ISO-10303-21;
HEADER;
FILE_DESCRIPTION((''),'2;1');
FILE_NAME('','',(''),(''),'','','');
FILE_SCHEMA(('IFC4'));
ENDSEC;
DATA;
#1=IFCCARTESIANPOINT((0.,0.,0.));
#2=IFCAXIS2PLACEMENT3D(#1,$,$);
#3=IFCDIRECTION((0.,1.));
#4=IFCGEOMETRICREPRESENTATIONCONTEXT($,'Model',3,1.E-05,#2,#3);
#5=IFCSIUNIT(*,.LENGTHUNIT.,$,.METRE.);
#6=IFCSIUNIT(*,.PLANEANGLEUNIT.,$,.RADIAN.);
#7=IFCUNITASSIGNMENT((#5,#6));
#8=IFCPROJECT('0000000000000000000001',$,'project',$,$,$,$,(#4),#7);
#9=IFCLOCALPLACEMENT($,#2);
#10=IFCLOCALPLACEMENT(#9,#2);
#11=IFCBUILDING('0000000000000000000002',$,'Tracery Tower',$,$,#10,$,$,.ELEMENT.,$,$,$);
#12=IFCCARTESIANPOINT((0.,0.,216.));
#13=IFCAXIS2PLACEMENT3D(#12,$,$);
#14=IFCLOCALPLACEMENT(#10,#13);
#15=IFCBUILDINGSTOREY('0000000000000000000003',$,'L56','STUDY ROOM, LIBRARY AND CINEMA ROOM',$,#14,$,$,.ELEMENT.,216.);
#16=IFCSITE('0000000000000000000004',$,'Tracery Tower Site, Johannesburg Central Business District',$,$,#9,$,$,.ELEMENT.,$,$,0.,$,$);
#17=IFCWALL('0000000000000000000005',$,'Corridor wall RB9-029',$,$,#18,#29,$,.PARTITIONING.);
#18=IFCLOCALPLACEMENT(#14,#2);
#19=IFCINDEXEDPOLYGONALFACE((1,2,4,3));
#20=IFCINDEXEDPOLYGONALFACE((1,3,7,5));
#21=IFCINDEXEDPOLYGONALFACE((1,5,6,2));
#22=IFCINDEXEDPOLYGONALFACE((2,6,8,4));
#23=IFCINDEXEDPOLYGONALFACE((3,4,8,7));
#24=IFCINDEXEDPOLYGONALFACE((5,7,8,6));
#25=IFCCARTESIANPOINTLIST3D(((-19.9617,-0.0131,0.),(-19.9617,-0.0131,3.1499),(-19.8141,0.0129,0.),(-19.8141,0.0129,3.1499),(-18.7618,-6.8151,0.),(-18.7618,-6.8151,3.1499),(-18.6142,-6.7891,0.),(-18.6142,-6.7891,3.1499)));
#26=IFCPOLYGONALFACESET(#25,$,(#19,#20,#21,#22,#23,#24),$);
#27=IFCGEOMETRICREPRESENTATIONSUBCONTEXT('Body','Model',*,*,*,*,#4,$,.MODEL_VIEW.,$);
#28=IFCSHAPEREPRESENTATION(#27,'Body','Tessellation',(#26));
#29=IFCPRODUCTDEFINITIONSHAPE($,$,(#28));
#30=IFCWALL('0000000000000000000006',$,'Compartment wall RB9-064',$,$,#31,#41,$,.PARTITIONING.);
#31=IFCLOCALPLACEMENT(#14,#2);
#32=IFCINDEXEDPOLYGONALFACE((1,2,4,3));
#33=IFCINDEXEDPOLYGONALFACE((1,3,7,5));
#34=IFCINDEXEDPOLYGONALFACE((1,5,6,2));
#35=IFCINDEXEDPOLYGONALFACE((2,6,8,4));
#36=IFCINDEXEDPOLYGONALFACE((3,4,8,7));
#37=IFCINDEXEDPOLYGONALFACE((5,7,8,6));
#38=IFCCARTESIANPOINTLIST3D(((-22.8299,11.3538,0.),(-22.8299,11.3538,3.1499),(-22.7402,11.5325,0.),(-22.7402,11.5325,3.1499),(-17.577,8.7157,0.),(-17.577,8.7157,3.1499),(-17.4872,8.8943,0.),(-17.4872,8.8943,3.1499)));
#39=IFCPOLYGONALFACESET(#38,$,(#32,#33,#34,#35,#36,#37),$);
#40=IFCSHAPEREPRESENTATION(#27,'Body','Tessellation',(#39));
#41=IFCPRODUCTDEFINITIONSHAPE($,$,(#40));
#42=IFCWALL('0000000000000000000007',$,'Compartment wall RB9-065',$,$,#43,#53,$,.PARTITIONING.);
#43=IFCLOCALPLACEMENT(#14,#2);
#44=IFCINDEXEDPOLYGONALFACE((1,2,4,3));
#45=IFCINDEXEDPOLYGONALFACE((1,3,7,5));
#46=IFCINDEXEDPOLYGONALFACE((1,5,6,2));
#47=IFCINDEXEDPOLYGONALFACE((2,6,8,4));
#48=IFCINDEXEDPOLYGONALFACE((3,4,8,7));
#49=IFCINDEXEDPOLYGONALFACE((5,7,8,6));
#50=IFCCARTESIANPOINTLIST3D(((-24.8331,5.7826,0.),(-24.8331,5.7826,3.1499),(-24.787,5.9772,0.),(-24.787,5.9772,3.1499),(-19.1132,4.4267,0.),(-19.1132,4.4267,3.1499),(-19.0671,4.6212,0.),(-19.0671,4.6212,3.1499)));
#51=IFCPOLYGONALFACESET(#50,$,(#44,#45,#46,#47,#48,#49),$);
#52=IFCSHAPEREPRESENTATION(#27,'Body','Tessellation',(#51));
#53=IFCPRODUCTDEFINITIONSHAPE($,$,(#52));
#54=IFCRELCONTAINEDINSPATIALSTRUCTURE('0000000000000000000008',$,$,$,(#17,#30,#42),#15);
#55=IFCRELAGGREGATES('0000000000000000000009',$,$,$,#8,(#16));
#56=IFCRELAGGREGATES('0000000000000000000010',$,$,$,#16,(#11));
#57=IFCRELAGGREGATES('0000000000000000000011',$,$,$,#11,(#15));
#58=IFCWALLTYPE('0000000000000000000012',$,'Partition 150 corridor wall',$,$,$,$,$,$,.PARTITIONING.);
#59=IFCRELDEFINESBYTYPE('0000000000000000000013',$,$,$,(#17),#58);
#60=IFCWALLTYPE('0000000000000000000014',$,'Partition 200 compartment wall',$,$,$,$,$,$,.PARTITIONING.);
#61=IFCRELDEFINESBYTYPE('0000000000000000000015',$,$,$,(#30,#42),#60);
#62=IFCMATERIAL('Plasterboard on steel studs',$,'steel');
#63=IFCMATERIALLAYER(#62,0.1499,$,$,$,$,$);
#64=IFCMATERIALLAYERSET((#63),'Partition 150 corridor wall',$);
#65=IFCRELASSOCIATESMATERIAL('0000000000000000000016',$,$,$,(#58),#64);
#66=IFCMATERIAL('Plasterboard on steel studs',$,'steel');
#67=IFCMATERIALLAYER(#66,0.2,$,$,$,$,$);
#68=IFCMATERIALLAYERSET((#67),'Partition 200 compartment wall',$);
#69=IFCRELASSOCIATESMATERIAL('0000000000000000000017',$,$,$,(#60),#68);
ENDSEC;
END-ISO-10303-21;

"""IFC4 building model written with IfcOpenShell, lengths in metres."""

from ifc_helpers import new_model, si_unit, direction, frame, frame_2d, origin, place, context, subcontext, project, spatial, rectangle, extrude, material, layer, layer_set, type_object, element, save


model = new_model("IFC4")

# Units and contexts
model_context = context("Model", 3, precision=1e-05, world=origin(), true_north=direction((0.0, 1.0)))
body_context = subcontext(model_context, "Body", "Model", "MODEL_VIEW")
ifc_project = project(units=[si_unit("LENGTHUNIT", "METRE"), si_unit("PLANEANGLEUNIT", "RADIAN")], contexts=[model_context])

# Site, building, storey
site_placement = place(None, origin())
site = spatial("IfcSite", under=ifc_project, at=site_placement, Name="Tracery Tower Site, Johannesburg Central Business District", CompositionType="ELEMENT", RefElevation=0.0)
building_placement = place(site_placement, origin())
building = spatial("IfcBuilding", under=site, at=building_placement, Name="Tracery Tower", CompositionType="ELEMENT")
storey_placement = place(building_placement, frame((0.0, 0.0, 216.0)))
storey = spatial("IfcBuildingStorey", under=building, at=storey_placement, Name="L56", Description="STUDY ROOM, LIBRARY AND CINEMA ROOM", CompositionType="ELEMENT", Elevation=216.0)

# Shared definitions
ifc_material_1 = material(Name="Plasterboard on steel studs", Category="steel")
ifc_layer_1 = layer(ifc_material_1, 0.1499)
ifc_layer_set_1 = layer_set([ifc_layer_1], Name="Partition 150 corridor wall")
wall_type_1 = type_object("IfcWallType", Name="Partition 150 corridor wall", PredefinedType="PARTITIONING", material=ifc_layer_set_1)

# Walls
wall_1_placement = place(storey_placement, frame((-19.8879, 0.0, 0.0), z_axis=(0.0, 0.0, 1.0), x_axis=(0.173729, -0.984794, 0.0)))
element("IfcWall", 1, at=wall_1_placement, inside=storey, type_object=wall_type_1, Name="Corridor wall RB9-029", PredefinedType="PARTITIONING", context=body_context, shape_type="SweptSolid", body=[
    extrude(rectangle(XDim=6.907, YDim=0.1499, at=frame_2d((3.4536, 0.0))), origin(), (0.0, 0.0, 1.0), 3.1499),
])
ifc_material_2 = material(Name="Plasterboard on steel studs", Category="steel")
ifc_layer_2 = layer(ifc_material_2, 0.2)
ifc_layer_set_2 = layer_set([ifc_layer_2], Name="Partition 200 compartment wall")
wall_type_2 = type_object("IfcWallType", Name="Partition 200 compartment wall", PredefinedType="PARTITIONING", material=ifc_layer_set_2)
wall_2_placement = place(storey_placement, frame((-22.7849, 11.4431, 0.0), z_axis=(0.0, 0.0, 1.0), x_axis=(0.893628, -0.448808, 0.0)))
element("IfcWall", 2, at=wall_2_placement, inside=storey, type_object=wall_type_2, Name="Compartment wall RB9-064", PredefinedType="PARTITIONING", context=body_context, shape_type="SweptSolid", body=[
    extrude(rectangle(XDim=5.8782, YDim=0.2, at=frame_2d((2.939, 0.0))), origin(), (0.0, 0.0, 1.0), 3.1499),
])
wall_3_placement = place(storey_placement, frame((-24.8101, 5.8799, 0.0), z_axis=(0.0, 0.0, 1.0), x_axis=(0.973033, -0.230664, 0.0)))
element("IfcWall", 3, at=wall_3_placement, inside=storey, type_object=wall_type_2, Name="Compartment wall RB9-065", PredefinedType="PARTITIONING", context=body_context, shape_type="SweptSolid", body=[
    extrude(rectangle(XDim=5.8784, YDim=0.2, at=frame_2d((2.9392, 0.0))), origin(), (0.0, 0.0, 1.0), 3.1499),
])

save(model, "model.ifc")
